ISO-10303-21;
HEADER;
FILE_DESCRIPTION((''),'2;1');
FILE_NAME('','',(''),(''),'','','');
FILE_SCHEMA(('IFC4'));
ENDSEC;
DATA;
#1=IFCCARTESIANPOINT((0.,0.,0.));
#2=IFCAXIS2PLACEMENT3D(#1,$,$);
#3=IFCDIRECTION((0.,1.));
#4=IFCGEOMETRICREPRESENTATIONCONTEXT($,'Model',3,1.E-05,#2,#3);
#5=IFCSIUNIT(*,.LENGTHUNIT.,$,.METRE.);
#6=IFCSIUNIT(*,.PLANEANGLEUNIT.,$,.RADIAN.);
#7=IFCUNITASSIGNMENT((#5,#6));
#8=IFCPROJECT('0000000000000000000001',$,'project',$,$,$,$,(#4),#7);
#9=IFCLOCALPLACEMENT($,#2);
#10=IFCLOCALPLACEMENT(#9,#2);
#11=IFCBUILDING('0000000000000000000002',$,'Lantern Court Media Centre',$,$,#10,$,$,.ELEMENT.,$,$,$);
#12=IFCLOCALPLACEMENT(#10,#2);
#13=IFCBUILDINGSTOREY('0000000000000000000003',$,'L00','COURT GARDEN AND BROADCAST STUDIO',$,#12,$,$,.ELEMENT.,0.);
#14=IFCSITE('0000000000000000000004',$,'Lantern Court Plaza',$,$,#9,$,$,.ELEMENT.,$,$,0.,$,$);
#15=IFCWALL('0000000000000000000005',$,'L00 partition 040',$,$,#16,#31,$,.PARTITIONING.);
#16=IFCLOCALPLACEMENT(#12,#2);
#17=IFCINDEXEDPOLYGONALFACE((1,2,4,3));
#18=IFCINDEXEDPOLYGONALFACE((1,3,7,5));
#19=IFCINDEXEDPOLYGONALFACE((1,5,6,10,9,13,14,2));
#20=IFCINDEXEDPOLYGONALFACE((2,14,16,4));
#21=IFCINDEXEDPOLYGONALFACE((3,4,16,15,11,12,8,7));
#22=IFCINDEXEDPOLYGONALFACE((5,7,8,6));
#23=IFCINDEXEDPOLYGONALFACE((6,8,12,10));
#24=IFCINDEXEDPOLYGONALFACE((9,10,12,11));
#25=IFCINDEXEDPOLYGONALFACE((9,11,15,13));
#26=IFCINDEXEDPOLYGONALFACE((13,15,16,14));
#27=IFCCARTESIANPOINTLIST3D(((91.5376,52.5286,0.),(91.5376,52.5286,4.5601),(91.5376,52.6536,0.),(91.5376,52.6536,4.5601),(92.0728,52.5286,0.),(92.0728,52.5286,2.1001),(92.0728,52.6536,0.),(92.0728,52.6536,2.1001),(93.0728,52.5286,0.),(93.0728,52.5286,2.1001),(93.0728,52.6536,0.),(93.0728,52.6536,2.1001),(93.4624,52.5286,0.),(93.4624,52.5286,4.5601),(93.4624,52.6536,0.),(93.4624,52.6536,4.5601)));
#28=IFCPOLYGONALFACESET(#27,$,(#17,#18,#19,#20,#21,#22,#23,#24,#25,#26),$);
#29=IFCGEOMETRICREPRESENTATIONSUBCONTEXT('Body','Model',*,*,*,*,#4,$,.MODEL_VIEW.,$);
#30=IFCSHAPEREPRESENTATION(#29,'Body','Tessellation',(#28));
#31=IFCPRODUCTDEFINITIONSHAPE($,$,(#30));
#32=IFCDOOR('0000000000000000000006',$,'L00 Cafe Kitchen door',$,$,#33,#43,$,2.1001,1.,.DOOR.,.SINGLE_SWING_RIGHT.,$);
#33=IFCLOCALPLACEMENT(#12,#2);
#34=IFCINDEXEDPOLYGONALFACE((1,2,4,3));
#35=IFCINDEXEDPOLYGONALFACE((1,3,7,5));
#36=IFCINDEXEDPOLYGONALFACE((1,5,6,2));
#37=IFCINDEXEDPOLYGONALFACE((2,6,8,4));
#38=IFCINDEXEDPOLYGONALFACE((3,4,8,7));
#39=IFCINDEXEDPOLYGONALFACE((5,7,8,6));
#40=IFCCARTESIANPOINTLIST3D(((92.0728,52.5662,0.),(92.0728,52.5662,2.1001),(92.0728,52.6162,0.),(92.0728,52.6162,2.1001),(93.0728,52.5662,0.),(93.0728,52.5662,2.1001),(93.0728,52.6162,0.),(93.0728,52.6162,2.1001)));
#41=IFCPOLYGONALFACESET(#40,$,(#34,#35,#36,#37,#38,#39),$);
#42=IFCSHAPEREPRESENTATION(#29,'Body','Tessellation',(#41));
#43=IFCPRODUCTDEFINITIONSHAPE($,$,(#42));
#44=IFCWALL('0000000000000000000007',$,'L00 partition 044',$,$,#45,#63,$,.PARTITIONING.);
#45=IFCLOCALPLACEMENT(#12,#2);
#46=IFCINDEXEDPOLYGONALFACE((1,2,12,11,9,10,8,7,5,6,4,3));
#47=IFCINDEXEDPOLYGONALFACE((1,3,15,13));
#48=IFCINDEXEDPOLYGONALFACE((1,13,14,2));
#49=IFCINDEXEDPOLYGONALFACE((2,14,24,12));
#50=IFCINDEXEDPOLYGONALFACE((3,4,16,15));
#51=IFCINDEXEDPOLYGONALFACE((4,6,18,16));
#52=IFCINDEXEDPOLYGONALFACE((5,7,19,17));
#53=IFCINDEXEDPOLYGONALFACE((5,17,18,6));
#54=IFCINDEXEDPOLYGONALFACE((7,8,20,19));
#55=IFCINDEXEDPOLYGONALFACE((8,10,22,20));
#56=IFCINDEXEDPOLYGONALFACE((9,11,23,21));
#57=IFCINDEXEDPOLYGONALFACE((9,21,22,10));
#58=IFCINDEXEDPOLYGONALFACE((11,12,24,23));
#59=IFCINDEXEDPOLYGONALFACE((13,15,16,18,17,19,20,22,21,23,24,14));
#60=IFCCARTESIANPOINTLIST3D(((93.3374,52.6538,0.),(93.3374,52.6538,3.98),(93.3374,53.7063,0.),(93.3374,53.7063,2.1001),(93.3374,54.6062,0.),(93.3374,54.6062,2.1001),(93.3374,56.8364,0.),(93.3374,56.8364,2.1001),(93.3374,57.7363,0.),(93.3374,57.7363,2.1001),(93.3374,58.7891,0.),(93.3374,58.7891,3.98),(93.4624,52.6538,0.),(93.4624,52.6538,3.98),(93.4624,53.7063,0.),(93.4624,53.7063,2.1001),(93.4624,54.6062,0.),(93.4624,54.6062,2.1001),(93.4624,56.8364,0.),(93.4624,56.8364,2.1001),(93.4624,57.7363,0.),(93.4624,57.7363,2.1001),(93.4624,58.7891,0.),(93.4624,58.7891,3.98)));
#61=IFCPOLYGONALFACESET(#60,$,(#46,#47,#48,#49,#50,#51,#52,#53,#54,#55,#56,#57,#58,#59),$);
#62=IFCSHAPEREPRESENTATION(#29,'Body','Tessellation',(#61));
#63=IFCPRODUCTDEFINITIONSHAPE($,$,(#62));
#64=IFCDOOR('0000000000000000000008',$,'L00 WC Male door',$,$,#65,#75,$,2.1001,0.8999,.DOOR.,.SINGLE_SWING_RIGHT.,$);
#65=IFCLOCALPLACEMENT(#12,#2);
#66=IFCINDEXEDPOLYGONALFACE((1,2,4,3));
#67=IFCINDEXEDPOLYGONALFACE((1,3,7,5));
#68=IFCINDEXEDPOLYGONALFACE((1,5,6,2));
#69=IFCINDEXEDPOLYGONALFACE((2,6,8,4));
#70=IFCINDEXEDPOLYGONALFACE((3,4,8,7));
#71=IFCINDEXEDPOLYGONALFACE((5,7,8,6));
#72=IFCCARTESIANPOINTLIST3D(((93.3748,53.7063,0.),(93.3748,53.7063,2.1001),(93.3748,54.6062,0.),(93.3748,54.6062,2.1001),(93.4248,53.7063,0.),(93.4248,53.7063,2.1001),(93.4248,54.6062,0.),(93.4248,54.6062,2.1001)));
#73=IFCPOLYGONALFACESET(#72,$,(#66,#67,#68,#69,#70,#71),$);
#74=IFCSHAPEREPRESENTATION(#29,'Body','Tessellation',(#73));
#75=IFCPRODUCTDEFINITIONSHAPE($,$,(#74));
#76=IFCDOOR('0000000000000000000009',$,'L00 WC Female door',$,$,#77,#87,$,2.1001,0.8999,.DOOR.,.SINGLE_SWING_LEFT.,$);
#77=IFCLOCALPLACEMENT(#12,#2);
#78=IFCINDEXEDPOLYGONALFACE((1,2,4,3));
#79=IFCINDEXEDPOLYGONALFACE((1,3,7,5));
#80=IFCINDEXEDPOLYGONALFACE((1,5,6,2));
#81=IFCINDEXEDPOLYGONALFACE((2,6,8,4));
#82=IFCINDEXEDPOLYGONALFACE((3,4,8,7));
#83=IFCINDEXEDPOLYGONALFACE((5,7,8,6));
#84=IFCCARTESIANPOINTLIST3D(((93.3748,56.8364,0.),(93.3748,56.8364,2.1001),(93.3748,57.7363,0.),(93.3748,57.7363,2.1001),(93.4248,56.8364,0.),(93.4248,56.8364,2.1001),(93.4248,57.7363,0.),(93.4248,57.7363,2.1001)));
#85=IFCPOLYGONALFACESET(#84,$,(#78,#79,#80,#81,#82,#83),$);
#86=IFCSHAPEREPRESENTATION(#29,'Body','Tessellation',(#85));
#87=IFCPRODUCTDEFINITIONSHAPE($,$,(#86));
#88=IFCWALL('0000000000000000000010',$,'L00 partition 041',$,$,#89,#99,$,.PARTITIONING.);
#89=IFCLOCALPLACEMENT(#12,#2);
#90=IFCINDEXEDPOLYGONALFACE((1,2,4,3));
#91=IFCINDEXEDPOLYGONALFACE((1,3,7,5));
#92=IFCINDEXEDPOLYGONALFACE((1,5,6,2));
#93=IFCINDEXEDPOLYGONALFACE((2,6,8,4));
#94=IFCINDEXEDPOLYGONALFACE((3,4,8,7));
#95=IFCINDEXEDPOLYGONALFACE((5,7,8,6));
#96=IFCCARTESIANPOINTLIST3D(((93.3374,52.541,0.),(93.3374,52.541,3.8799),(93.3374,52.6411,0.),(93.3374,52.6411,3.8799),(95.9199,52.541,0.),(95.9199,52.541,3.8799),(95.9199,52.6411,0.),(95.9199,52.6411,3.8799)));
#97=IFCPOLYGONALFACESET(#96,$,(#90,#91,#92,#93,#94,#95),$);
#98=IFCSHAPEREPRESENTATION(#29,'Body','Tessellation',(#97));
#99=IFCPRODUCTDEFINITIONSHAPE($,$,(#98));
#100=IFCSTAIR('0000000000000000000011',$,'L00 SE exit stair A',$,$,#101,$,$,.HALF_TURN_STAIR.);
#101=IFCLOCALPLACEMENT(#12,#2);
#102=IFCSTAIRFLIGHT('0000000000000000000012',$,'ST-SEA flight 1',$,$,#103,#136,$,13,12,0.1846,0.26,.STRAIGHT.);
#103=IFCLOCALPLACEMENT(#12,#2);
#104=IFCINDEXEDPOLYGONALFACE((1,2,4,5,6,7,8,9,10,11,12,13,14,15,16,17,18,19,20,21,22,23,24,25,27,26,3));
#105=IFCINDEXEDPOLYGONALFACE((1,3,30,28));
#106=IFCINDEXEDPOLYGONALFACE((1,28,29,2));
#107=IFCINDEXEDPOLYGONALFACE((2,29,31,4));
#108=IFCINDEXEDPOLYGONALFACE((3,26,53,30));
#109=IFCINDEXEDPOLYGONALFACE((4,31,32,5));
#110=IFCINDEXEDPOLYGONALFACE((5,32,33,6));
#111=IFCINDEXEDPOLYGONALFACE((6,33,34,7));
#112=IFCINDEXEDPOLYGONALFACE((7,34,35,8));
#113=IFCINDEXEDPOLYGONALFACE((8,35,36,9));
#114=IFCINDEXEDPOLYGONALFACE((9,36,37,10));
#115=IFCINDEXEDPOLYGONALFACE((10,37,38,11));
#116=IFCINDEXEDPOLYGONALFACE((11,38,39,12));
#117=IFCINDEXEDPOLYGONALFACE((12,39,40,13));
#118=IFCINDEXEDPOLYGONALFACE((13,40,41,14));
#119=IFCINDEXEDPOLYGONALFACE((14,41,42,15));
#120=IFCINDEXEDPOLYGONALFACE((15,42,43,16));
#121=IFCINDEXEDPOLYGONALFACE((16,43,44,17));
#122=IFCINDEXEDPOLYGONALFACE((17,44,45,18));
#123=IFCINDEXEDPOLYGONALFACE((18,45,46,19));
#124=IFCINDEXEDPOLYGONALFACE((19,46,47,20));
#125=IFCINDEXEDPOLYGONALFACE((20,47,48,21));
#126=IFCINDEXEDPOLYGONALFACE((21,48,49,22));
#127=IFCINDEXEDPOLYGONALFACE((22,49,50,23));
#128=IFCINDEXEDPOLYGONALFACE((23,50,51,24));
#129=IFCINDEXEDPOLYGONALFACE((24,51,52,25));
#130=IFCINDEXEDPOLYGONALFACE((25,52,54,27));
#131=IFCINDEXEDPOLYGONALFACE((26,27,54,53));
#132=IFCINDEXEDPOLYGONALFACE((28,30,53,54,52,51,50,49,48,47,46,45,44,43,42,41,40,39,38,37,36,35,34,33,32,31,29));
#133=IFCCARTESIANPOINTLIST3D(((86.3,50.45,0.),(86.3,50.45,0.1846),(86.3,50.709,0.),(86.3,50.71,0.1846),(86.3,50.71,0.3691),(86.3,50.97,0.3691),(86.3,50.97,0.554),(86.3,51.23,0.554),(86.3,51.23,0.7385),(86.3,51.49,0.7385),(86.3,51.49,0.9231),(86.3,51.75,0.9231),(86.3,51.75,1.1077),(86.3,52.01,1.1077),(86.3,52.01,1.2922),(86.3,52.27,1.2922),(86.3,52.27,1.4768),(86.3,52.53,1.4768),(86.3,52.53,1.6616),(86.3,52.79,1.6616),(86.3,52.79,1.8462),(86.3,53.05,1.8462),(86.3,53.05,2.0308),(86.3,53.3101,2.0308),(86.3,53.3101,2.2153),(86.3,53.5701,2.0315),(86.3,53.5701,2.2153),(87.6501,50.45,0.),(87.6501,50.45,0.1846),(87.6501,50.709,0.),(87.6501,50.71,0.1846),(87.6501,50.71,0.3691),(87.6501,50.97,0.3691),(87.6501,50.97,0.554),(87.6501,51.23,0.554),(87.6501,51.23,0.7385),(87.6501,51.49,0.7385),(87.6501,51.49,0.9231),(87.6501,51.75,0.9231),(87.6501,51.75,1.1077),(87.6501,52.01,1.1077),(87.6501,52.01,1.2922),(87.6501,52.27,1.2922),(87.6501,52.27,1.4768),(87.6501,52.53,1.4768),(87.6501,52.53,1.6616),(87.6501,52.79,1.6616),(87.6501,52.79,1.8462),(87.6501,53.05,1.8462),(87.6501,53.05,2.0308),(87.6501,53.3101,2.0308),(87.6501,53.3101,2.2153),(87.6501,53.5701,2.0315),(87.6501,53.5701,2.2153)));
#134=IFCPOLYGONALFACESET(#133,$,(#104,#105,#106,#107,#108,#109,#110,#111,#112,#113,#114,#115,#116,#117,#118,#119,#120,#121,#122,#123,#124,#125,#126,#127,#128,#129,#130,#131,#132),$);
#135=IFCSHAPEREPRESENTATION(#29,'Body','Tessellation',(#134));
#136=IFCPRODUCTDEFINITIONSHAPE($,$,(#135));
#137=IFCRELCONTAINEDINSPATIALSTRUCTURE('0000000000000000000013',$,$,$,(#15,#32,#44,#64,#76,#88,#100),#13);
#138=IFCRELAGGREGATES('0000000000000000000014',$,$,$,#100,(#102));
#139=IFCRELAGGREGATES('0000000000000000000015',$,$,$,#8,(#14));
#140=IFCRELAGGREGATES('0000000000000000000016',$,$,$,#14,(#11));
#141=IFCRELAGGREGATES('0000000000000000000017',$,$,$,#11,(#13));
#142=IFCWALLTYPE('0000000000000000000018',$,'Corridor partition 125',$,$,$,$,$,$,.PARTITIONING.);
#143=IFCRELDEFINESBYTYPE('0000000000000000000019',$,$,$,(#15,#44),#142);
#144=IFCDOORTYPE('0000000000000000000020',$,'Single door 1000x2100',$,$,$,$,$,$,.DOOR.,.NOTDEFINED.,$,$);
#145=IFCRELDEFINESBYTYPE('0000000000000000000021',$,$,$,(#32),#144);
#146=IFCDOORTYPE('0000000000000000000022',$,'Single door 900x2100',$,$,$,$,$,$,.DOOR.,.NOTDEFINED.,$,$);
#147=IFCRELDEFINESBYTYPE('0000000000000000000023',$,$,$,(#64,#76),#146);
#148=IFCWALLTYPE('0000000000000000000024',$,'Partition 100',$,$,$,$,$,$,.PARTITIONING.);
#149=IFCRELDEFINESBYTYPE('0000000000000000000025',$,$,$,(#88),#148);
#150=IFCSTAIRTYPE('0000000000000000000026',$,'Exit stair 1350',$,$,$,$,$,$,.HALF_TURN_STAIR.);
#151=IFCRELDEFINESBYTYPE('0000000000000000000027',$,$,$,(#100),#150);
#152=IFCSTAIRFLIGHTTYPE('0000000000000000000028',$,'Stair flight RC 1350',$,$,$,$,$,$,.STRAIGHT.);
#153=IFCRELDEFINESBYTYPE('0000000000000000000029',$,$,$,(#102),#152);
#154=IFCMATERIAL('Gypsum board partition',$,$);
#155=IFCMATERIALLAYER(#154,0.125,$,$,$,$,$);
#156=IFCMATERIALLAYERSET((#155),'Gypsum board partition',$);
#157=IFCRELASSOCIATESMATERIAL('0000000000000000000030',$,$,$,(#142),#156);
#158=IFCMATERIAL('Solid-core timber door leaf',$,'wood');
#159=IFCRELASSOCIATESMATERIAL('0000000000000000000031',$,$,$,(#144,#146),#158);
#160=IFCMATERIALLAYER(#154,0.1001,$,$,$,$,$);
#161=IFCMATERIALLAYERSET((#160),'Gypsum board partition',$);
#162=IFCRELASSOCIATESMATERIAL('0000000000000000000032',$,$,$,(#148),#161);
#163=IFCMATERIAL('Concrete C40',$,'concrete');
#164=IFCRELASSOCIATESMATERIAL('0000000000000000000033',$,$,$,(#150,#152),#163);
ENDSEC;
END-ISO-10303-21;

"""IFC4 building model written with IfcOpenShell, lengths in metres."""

from ifc_helpers import new_model, si_unit, direction, frame, frame_2d, origin, place, context, subcontext, project, spatial, polyline, rectangle, outline, extrude, material, layer, layer_set, type_object, element, fill, aggregate, save


model = new_model("IFC4")

# Units and contexts
model_context = context("Model", 3, precision=1e-05, world=origin(), true_north=direction((0.0, 1.0)))
body_context = subcontext(model_context, "Body", "Model", "MODEL_VIEW")
ifc_project = project(units=[si_unit("LENGTHUNIT", "METRE"), si_unit("PLANEANGLEUNIT", "RADIAN")], contexts=[model_context])

# Site, building, storey
site_placement = place(None, origin())
site = spatial("IfcSite", under=ifc_project, at=site_placement, Name="Lantern Court Plaza", CompositionType="ELEMENT", RefElevation=0.0)
building_placement = place(site_placement, origin())
building = spatial("IfcBuilding", under=site, at=building_placement, Name="Lantern Court Media Centre", CompositionType="ELEMENT")
storey_placement = place(building_placement, origin())
storey = spatial("IfcBuildingStorey", under=building, at=storey_placement, Name="L00", Description="COURT GARDEN AND BROADCAST STUDIO", CompositionType="ELEMENT", Elevation=0.0)

# Wall, opening, door
ifc_material_1 = material(Name="Gypsum board partition")
ifc_layer_1 = layer(ifc_material_1, 0.125)
ifc_layer_set_1 = layer_set([ifc_layer_1], Name="Gypsum board partition")
wall_type_1 = type_object("IfcWallType", Name="Corridor partition 125", PredefinedType="PARTITIONING", material=ifc_layer_set_1)
wall_1_placement = place(storey_placement, frame((91.5376, 52.5911, 0.0), z_axis=(0.0, 0.0, 1.0), x_axis=(1.0, 0.0, 0.0)))
wall_1 = element("IfcWall", 1, at=wall_1_placement, inside=storey, type_object=wall_type_1, Name="L00 partition 040", PredefinedType="PARTITIONING", context=body_context, shape_type="SweptSolid", body=[
    extrude(rectangle(XDim=1.9248, YDim=0.125, at=frame_2d((0.9624, 0.0))), origin(), (0.0, 0.0, 1.0), 4.5601),
])
opening_1_placement = place(wall_1_placement, frame((0.5352, 0.0, 0.0)))
opening_1 = element("IfcOpeningElement", 2, at=opening_1_placement, cuts=wall_1, PredefinedType="OPENING", context=body_context, shape_type="SweptSolid", body=[
    extrude(rectangle(XDim=1.0, YDim=2.1001, at=frame_2d((0.5, 1.05))), frame((0.0, 0.0725, 0.0), z_axis=(0.0, -1.0, 0.0), x_axis=(1.0, 0.0, 0.0)), (0.0, 0.0, 1.0), 0.145),
])
ifc_material_2 = material(Name="Solid-core timber door leaf", Category="wood")
door_type_1 = type_object("IfcDoorType", Name="Single door 1000x2100", OperationType="NOTDEFINED", PredefinedType="DOOR", material=ifc_material_2)
door_1_placement = place(opening_1_placement, frame((1.0, 0.0, 0.0), z_axis=(0.0, 0.0, 1.0), x_axis=(-1.0, 0.0, 0.0)))
door_1 = element("IfcDoor", 3, at=door_1_placement, inside=storey, type_object=door_type_1, Name="L00 Cafe Kitchen door", OperationType="SINGLE_SWING_RIGHT", OverallHeight=2.1001, OverallWidth=1.0, PredefinedType="DOOR", context=body_context, shape_type="SweptSolid", body=[
    extrude(rectangle(XDim=1.0, YDim=2.1001, at=frame_2d((0.5, 1.05))), frame((0.0, 0.0249, 0.0), z_axis=(0.0, -1.0, 0.0), x_axis=(1.0, 0.0, 0.0)), (0.0, 0.0, 1.0), 0.05),
])
fill(opening_1, door_1)

# Wall, openings, doors
wall_2_placement = place(storey_placement, frame((93.3999, 52.6538, 0.0), z_axis=(0.0, 0.0, 1.0), x_axis=(0.0, 1.0, 0.0)))
wall_2 = element("IfcWall", 4, at=wall_2_placement, inside=storey, type_object=wall_type_1, Name="L00 partition 044", PredefinedType="PARTITIONING", context=body_context, shape_type="SweptSolid", body=[
    extrude(rectangle(XDim=6.1353, YDim=0.125, at=frame_2d((3.0676, 0.0))), origin(), (0.0, 0.0, 1.0), 3.98),
])
opening_2_placement = place(wall_2_placement, frame((1.0525, 0.0, 0.0)))
opening_2 = element("IfcOpeningElement", 5, at=opening_2_placement, cuts=wall_2, PredefinedType="OPENING", context=body_context, shape_type="SweptSolid", body=[
    extrude(rectangle(XDim=0.8999, YDim=2.1001, at=frame_2d((0.45, 1.05))), frame((0.0, 0.0725, 0.0), z_axis=(0.0, -1.0, 0.0), x_axis=(1.0, 0.0, 0.0)), (0.0, 0.0, 1.0), 0.145),
])
opening_3_placement = place(wall_2_placement, frame((4.1826, 0.0, 0.0)))
opening_3 = element("IfcOpeningElement", 6, at=opening_3_placement, cuts=wall_2, PredefinedType="OPENING", context=body_context, shape_type="SweptSolid", body=[
    extrude(rectangle(XDim=0.8999, YDim=2.1001, at=frame_2d((0.45, 1.05))), frame((0.0, 0.0725, 0.0), z_axis=(0.0, -1.0, 0.0), x_axis=(1.0, 0.0, 0.0)), (0.0, 0.0, 1.0), 0.145),
])
door_type_2 = type_object("IfcDoorType", Name="Single door 900x2100", OperationType="NOTDEFINED", PredefinedType="DOOR", material=ifc_material_2)
door_2_placement = place(opening_2_placement, frame((0.8999, 0.0, 0.0), z_axis=(0.0, 0.0, 1.0), x_axis=(-1.0, 0.0, 0.0)))
door_2 = element("IfcDoor", 7, at=door_2_placement, inside=storey, type_object=door_type_2, Name="L00 WC Male door", OperationType="SINGLE_SWING_RIGHT", OverallHeight=2.1001, OverallWidth=0.8999, PredefinedType="DOOR", context=body_context, shape_type="SweptSolid", body=[
    extrude(rectangle(XDim=0.8999, YDim=2.1001, at=frame_2d((0.45, 1.05))), frame((0.0, 0.0249, 0.0), z_axis=(0.0, -1.0, 0.0), x_axis=(1.0, 0.0, 0.0)), (0.0, 0.0, 1.0), 0.05),
])
fill(opening_2, door_2)
door_3_placement = place(opening_3_placement, frame((0.8999, 0.0, 0.0), z_axis=(0.0, 0.0, 1.0), x_axis=(-1.0, 0.0, 0.0)))
door_3 = element("IfcDoor", 8, at=door_3_placement, inside=storey, type_object=door_type_2, Name="L00 WC Female door", OperationType="SINGLE_SWING_LEFT", OverallHeight=2.1001, OverallWidth=0.8999, PredefinedType="DOOR", context=body_context, shape_type="SweptSolid", body=[
    extrude(rectangle(XDim=0.8999, YDim=2.1001, at=frame_2d((0.45, 1.05))), frame((0.0, 0.0249, 0.0), z_axis=(0.0, -1.0, 0.0), x_axis=(1.0, 0.0, 0.0)), (0.0, 0.0, 1.0), 0.05),
])
fill(opening_3, door_3)

# Wall
ifc_layer_2 = layer(ifc_material_1, 0.1001)
ifc_layer_set_2 = layer_set([ifc_layer_2], Name="Gypsum board partition")
wall_type_2 = type_object("IfcWallType", Name="Partition 100", PredefinedType="PARTITIONING", material=ifc_layer_set_2)
wall_3_placement = place(storey_placement, frame((93.3374, 52.5911, 0.0), z_axis=(0.0, 0.0, 1.0), x_axis=(1.0, 0.0, 0.0)))
element("IfcWall", 9, at=wall_3_placement, inside=storey, type_object=wall_type_2, Name="L00 partition 041", PredefinedType="PARTITIONING", context=body_context, shape_type="SweptSolid", body=[
    extrude(rectangle(XDim=2.5825, YDim=0.1001, at=frame_2d((1.2913, 0.0))), origin(), (0.0, 0.0, 1.0), 3.8799),
])

# Stair, stair flight
ifc_material_3 = material(Name="Concrete C40", Category="concrete")
stair_type = type_object("IfcStairType", Name="Exit stair 1350", PredefinedType="HALF_TURN_STAIR", material=ifc_material_3)
stair_placement = place(storey_placement, origin())
stair = element("IfcStair", 10, at=stair_placement, inside=storey, type_object=stair_type, Name="L00 SE exit stair A", PredefinedType="HALF_TURN_STAIR")
stair_flight_type = type_object("IfcStairFlightType", Name="Stair flight RC 1350", PredefinedType="STRAIGHT", material=ifc_material_3)
stair_flight_1_placement = place(storey_placement, frame((86.9751, 50.45, 0.0), z_axis=(0.0, 0.0, 1.0), x_axis=(0.0, 1.0, 0.0)))
stair_flight_1 = element("IfcStairFlight", 11, at=stair_flight_1_placement, type_object=stair_flight_type, Name="ST-SEA flight 1", NumberOfRisers=13, NumberOfTreads=12, PredefinedType="STRAIGHT", RiserHeight=0.1846, TreadLength=0.26, context=body_context, shape_type="SweptSolid", body=[
    extrude(outline(polyline([(0.0, 0.0), (0.0, 0.1846), (0.26, 0.1846), (0.26, 0.3691), (0.52, 0.3691), (0.52, 0.554), (0.78, 0.554), (0.78, 0.7385), (1.04, 0.7385), (1.04, 0.9231), (1.3, 0.9231), (1.3, 1.1077), (1.5601, 1.1077), (1.5601, 1.2922), (1.8201, 1.2922), (1.8201, 1.4768), (2.0801, 1.4768), (2.0801, 1.6616), (2.3401, 1.6616), (2.3401, 1.8462), (2.6001, 1.8462), (2.6001, 2.0308), (2.8601, 2.0308), (2.8601, 2.2153), (3.1201, 2.2153), (3.1201, 2.3999), (3.1201, 2.0315), (0.259, 0.0), (0.0, 0.0)])), frame((0.0, 0.675, 0.0), z_axis=(0.0, -1.0, 0.0), x_axis=(1.0, 0.0, 0.0)), (0.0, 0.0, 1.0), 1.3501),
])
aggregate(stair, [stair_flight_1])

save(model, "model.ifc")
